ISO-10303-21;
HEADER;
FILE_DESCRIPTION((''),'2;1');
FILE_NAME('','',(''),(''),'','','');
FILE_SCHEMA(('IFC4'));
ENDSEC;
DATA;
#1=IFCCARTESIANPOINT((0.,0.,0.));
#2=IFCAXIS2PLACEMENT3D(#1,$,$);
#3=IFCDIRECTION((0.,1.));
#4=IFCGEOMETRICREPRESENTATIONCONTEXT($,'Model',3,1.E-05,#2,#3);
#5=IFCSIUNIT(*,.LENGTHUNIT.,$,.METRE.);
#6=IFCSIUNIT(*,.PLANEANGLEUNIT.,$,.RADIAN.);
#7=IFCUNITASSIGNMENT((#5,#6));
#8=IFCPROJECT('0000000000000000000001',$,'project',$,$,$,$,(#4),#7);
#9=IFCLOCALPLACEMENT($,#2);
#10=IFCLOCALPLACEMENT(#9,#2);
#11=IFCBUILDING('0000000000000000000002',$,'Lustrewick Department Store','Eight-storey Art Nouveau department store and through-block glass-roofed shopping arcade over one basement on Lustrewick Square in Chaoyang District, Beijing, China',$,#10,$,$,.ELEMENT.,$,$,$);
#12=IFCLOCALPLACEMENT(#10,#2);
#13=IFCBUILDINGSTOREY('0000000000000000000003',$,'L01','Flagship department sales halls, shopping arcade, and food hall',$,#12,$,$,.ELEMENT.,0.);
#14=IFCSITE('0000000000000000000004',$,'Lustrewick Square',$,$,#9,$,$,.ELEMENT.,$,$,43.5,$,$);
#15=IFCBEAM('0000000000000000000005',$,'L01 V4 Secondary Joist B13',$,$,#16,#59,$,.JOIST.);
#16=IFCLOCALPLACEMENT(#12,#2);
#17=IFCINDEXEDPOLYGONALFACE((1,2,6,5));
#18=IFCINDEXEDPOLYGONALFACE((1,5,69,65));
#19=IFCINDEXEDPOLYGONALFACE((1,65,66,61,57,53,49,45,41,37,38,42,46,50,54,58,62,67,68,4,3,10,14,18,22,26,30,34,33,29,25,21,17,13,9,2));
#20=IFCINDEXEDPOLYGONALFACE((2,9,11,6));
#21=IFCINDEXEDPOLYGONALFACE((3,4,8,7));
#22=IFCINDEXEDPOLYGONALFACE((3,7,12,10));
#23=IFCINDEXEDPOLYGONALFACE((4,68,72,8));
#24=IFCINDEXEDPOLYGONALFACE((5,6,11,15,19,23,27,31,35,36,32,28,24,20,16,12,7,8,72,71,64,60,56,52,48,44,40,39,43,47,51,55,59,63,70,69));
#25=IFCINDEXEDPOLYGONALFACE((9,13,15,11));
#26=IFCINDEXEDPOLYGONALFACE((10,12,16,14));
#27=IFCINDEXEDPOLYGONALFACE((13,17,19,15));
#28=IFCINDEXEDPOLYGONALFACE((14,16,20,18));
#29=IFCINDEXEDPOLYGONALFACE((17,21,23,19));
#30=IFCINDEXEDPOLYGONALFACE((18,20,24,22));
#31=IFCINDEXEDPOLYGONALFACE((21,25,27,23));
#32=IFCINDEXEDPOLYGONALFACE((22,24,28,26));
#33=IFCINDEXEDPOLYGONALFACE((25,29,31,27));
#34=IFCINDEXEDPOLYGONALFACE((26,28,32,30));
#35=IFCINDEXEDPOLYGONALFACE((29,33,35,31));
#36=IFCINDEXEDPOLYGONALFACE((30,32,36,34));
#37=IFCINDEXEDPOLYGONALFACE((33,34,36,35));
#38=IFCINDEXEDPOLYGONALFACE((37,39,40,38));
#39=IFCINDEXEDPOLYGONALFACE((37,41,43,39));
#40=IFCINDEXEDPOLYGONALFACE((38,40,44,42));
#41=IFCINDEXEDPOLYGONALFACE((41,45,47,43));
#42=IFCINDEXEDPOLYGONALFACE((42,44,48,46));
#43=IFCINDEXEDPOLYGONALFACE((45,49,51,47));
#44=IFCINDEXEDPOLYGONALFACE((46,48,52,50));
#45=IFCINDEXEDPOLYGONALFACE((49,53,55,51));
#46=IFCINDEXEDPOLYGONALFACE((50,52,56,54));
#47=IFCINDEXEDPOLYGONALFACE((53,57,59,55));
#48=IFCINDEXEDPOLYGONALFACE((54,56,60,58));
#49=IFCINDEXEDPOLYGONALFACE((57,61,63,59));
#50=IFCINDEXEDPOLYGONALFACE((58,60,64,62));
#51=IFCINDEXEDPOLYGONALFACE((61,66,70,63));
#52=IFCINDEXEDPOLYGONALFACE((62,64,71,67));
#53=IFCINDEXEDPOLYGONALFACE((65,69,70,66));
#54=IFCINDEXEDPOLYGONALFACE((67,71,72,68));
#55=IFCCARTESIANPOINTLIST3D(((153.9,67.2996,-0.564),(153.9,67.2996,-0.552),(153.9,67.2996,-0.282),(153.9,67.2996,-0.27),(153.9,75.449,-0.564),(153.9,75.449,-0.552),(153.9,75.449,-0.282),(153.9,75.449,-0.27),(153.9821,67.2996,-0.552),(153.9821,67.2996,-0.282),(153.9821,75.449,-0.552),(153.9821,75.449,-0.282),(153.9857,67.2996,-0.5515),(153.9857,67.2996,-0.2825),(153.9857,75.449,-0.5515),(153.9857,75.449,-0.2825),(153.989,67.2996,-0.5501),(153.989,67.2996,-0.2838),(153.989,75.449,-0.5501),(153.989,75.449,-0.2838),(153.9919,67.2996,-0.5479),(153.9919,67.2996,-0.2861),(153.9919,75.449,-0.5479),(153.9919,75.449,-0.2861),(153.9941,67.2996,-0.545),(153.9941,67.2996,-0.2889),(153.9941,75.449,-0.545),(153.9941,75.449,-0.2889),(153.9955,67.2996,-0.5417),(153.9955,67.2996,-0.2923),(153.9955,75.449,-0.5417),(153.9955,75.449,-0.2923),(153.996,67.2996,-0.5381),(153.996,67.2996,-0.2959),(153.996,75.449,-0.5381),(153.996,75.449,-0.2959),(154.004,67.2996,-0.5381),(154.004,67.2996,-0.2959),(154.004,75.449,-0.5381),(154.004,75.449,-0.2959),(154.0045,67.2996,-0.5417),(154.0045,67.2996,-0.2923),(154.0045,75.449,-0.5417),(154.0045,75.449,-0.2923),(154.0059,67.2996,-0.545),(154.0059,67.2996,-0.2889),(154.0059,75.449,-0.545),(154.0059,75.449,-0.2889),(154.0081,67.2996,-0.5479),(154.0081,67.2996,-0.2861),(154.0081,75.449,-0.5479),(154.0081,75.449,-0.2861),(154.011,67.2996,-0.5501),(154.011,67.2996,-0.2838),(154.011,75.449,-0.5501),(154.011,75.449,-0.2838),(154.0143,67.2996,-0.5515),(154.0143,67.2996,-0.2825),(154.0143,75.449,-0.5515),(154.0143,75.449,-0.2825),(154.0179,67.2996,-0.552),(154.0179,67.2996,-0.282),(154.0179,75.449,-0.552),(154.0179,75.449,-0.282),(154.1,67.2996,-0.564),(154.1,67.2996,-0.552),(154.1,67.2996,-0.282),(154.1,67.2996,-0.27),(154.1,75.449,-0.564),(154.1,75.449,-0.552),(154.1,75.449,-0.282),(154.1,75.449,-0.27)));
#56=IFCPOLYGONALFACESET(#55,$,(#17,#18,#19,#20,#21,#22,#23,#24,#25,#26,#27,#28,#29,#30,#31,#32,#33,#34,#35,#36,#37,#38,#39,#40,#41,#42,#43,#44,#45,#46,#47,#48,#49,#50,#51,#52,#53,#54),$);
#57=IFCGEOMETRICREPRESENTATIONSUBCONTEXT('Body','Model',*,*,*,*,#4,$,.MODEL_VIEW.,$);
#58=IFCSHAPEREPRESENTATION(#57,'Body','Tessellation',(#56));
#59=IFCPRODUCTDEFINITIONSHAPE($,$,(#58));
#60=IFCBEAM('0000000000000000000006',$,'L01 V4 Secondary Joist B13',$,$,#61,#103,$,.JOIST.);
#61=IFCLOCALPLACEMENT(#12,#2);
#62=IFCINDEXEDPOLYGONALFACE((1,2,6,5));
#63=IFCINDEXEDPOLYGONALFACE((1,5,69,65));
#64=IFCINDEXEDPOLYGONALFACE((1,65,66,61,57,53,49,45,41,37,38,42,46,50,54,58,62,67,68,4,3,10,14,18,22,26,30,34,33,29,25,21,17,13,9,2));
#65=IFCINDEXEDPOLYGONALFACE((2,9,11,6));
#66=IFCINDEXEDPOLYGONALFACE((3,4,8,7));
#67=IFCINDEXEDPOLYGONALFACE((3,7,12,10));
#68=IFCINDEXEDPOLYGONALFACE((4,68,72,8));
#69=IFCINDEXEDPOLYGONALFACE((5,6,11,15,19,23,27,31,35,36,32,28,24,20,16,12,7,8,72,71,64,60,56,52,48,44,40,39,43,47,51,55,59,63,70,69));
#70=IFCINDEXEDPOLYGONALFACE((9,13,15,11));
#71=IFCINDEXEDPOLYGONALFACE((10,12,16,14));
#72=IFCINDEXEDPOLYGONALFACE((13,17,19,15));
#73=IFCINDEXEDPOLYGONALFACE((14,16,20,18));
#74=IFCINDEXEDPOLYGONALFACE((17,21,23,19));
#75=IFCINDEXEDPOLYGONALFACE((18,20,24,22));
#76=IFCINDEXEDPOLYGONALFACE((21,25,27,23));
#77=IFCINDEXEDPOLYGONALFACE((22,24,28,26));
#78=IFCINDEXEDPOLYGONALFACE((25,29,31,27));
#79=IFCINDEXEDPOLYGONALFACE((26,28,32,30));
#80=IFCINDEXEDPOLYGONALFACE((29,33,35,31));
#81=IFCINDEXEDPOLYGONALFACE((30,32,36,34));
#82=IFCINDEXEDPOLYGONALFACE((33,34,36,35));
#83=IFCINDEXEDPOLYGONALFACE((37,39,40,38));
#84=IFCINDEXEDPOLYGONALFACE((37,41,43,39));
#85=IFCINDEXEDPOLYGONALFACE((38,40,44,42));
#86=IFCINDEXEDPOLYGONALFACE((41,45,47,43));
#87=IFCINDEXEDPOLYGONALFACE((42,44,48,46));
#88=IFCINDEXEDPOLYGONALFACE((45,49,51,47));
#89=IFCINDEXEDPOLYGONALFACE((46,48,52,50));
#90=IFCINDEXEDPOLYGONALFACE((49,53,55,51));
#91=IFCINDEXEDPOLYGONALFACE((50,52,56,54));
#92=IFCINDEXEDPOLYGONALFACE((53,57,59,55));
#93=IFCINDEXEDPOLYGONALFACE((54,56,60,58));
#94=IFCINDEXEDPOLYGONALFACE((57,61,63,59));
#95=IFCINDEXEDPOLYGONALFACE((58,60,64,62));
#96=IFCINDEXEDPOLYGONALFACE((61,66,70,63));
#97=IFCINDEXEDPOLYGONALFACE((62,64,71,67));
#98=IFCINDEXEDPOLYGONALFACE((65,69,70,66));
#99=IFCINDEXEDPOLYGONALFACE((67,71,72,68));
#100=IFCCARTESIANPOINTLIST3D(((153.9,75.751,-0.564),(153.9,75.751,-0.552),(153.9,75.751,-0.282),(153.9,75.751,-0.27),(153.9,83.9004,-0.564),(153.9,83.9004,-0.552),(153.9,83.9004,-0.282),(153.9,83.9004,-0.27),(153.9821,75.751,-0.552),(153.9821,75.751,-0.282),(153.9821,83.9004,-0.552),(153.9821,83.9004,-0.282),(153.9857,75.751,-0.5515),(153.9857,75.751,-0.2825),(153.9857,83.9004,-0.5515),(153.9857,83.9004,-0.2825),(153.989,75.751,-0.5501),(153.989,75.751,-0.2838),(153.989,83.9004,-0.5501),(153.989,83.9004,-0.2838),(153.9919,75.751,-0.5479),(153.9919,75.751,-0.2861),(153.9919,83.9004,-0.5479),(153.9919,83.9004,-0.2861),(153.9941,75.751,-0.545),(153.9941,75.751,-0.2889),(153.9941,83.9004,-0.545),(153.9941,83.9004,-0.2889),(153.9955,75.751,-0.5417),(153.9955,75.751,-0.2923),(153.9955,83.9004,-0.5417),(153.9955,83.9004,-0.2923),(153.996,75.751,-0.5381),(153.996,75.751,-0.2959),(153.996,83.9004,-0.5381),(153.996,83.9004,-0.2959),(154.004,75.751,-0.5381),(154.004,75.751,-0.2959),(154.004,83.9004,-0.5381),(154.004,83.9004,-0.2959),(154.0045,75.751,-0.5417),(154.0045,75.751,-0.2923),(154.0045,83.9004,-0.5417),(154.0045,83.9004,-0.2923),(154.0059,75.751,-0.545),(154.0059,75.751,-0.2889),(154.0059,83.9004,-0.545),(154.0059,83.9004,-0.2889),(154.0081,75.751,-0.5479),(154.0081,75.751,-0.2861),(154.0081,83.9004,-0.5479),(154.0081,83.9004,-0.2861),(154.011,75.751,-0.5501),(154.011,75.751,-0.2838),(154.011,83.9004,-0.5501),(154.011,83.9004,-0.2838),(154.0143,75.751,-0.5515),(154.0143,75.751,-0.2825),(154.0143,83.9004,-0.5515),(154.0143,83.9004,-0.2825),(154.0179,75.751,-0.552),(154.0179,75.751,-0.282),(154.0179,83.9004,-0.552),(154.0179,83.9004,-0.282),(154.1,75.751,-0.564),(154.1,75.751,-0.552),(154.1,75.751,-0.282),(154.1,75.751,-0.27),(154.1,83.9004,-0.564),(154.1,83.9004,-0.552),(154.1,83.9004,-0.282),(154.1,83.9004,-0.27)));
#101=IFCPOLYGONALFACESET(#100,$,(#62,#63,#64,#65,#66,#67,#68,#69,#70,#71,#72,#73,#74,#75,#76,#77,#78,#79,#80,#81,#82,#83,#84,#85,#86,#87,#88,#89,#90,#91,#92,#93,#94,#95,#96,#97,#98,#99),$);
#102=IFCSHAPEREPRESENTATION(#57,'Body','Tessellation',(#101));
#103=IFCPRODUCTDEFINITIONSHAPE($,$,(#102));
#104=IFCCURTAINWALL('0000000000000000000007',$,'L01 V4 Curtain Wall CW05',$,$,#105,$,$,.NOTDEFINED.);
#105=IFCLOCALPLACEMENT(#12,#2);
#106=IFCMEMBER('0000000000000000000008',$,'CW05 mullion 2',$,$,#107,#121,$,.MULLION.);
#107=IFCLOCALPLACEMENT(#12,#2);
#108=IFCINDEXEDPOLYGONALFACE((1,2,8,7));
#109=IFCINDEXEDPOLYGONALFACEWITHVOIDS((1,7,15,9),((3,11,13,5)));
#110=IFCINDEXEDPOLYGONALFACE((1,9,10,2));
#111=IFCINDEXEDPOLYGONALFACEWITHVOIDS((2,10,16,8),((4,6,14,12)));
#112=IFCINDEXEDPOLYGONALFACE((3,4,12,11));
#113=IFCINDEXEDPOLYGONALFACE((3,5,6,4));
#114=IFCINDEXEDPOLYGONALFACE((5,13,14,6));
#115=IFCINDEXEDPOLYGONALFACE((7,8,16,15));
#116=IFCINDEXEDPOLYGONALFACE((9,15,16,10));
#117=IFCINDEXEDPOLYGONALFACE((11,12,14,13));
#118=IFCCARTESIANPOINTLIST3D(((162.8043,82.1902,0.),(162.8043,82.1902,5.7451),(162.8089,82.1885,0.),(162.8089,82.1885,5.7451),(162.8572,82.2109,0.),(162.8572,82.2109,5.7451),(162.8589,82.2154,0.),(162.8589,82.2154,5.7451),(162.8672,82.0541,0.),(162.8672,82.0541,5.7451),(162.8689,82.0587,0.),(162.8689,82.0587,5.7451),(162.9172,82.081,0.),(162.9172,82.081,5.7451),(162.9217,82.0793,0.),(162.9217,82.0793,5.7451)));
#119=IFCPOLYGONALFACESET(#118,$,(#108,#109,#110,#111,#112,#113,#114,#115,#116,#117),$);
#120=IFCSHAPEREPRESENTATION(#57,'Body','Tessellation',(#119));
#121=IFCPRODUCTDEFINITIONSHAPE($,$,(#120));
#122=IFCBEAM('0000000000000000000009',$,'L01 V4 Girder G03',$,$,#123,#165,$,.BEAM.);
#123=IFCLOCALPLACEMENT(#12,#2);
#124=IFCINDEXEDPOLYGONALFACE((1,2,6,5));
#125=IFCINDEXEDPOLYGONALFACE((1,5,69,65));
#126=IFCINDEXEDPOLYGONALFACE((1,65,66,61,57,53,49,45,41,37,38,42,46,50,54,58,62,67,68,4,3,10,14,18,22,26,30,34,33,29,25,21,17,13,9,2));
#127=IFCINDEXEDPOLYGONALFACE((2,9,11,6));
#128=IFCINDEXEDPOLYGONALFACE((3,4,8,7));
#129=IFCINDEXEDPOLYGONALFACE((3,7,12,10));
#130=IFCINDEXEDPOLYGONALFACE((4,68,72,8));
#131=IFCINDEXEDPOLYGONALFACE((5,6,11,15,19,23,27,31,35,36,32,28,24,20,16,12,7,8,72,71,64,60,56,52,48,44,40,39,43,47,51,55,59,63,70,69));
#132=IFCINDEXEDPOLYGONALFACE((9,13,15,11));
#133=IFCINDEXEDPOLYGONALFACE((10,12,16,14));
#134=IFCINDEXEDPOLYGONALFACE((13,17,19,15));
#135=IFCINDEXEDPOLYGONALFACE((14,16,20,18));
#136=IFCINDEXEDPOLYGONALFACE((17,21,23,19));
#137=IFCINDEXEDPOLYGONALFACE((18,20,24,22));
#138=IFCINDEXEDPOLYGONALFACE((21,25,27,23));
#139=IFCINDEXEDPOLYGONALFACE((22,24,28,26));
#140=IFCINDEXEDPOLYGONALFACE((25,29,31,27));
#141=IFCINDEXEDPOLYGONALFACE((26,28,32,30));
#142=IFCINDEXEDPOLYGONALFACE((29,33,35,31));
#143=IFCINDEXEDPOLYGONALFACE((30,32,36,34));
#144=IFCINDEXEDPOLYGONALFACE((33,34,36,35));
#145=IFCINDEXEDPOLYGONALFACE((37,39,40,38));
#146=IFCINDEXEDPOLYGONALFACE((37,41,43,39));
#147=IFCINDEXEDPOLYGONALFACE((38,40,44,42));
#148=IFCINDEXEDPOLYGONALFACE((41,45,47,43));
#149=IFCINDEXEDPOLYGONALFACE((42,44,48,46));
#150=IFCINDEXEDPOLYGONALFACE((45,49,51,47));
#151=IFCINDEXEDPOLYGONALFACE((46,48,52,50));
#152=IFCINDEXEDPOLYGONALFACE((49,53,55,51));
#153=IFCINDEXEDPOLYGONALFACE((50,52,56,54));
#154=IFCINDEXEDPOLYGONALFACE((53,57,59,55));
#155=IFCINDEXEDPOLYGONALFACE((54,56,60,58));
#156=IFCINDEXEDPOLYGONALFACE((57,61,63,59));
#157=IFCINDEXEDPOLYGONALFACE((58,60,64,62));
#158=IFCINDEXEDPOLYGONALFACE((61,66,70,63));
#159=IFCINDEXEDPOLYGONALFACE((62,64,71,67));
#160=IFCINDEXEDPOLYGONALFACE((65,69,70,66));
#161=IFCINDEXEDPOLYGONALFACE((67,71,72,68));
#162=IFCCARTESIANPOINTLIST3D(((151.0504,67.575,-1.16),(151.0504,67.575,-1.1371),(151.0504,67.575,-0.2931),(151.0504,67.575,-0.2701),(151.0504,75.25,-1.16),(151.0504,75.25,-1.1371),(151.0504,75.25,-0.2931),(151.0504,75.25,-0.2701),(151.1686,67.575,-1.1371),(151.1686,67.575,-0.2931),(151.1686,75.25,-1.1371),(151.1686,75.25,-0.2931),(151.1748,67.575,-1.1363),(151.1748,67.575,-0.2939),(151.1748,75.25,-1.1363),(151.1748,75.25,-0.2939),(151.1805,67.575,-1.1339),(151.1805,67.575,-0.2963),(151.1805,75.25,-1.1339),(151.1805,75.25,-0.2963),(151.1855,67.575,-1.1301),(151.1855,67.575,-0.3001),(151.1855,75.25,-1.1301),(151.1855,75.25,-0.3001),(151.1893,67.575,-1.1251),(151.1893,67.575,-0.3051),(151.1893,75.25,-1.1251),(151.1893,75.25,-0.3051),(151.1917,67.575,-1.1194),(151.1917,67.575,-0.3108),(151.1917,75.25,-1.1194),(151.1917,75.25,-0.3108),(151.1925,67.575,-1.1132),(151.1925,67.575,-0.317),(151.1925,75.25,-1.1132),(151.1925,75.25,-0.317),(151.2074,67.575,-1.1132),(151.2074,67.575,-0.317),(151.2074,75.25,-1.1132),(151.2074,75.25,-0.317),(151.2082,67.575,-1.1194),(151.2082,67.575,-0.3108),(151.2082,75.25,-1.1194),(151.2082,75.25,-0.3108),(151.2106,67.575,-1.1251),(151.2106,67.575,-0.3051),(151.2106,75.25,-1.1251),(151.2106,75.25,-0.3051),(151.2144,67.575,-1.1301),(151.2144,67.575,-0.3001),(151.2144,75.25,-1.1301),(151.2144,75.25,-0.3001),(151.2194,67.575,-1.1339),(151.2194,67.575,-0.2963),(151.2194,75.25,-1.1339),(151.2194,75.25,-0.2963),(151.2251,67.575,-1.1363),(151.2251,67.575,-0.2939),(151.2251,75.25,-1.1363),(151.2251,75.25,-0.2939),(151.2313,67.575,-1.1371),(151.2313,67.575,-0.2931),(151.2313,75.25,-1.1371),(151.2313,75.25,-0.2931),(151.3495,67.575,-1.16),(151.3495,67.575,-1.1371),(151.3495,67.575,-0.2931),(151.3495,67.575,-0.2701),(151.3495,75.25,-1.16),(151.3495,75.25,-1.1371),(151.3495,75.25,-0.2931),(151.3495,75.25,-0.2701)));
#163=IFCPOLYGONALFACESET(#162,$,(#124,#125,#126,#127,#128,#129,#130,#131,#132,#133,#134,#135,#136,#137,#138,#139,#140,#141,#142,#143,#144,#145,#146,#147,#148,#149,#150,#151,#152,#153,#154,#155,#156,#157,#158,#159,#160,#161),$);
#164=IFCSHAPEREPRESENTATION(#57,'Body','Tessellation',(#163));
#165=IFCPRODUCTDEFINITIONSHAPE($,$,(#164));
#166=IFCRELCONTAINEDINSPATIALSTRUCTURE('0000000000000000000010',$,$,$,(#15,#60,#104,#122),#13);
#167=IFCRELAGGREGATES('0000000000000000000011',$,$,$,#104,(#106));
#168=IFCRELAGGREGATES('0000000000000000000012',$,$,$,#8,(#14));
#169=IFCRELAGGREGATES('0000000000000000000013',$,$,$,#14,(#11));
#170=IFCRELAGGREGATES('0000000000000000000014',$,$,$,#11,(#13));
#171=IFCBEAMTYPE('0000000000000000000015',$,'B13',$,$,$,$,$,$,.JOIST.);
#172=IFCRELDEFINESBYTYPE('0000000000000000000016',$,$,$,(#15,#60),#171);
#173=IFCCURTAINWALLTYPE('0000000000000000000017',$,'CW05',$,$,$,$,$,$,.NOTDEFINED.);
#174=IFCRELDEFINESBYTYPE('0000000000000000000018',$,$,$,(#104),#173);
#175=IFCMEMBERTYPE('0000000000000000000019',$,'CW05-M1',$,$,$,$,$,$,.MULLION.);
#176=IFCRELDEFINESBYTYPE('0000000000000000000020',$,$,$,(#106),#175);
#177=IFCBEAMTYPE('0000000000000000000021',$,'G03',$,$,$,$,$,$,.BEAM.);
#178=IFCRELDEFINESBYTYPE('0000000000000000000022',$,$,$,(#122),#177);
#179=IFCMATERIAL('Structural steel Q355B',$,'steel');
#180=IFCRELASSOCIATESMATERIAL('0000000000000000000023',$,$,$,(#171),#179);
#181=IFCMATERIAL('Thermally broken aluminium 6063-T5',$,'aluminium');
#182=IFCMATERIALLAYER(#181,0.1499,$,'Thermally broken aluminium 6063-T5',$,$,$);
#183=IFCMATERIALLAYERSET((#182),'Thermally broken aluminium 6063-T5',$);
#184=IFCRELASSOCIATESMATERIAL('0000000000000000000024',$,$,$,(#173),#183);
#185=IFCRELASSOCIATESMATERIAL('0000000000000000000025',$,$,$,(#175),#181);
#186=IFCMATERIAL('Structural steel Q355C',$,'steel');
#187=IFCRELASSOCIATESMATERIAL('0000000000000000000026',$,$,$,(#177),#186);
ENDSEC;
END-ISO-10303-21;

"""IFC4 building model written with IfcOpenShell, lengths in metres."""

from ifc_helpers import new_model, si_unit, direction, frame, origin, origin_2d, place, context, subcontext, project, spatial, hollow_rectangle, i_section, extrude, material, layer, layer_set, material_profile, profile_set, type_object, element, aggregate, save


model = new_model("IFC4")

# Units and contexts
model_context = context("Model", 3, precision=1e-05, world=origin(), true_north=direction((0.0, 1.0)))
body_context = subcontext(model_context, "Body", "Model", "MODEL_VIEW")
ifc_project = project(units=[si_unit("LENGTHUNIT", "METRE"), si_unit("PLANEANGLEUNIT", "RADIAN")], contexts=[model_context])

# Site, building, storey
site_placement = place(None, origin())
site = spatial("IfcSite", under=ifc_project, at=site_placement, Name="Lustrewick Square", CompositionType="ELEMENT", RefElevation=43.5)
building_placement = place(site_placement, origin())
building = spatial("IfcBuilding", under=site, at=building_placement, Name="Lustrewick Department Store", Description="Eight-storey Art Nouveau department store and through-block glass-roofed shopping arcade over one basement on Lustrewick Square in Chaoyang District, Beijing, China", CompositionType="ELEMENT")
storey_placement = place(building_placement, origin())
storey = spatial("IfcBuildingStorey", under=building, at=storey_placement, Name="L01", Description="Flagship department sales halls, shopping arcade, and food hall", CompositionType="ELEMENT", Elevation=0.0)

# Shared definitions
ifc_material_1 = material(Name="Structural steel Q355C", Category="steel")
ifc_material_2 = material(Name="Structural steel Q355B", Category="steel")

# Beams
ifc_material_profile_1 = material_profile(ifc_material_2, i_section(OverallWidth=0.2, OverallDepth=0.2939, WebThickness=0.0081, FlangeThickness=0.012, FilletRadius=0.0139, at=origin_2d()), Name="HM 294x200x8x12")
ifc_profile_set_1 = profile_set([ifc_material_profile_1], Name="Structural steel Q355B")
beam_type_1 = type_object("IfcBeamType", Name="B13", PredefinedType="JOIST", material=ifc_profile_set_1)
for number, where, z_axis, x_axis, name in (
    (1, (154.0, 67.2996, -0.417), (0.0, 1.0, 0.0), (-1.0, 0.0, 0.0), "L01 V4 Secondary Joist B13"),
    (2, (154.0, 75.751, -0.417), (0.0, 1.0, 0.0), (-1.0, 0.0, 0.0), "L01 V4 Secondary Joist B13"),
):
    element("IfcBeam", number, at=place(storey_placement, frame(where, z_axis=z_axis, x_axis=x_axis)), inside=storey, type_object=beam_type_1, Name=name, PredefinedType="JOIST", context=body_context, shape_type="SweptSolid", body=[
        extrude(i_section(OverallWidth=0.2, OverallDepth=0.2939, WebThickness=0.0081, FlangeThickness=0.012, FilletRadius=0.0139, at=origin_2d()), origin(), (0.0, 0.0, 1.0), 8.1494),
    ])

# Curtain wall, member
ifc_material_3 = material(Name="Thermally broken aluminium 6063-T5", Category="aluminium")
ifc_layer_1 = layer(ifc_material_3, 0.1499, Name="Thermally broken aluminium 6063-T5")
ifc_layer_set_1 = layer_set([ifc_layer_1], Name="Thermally broken aluminium 6063-T5")
curtain_wall_type = type_object("IfcCurtainWallType", Name="CW05", PredefinedType="NOTDEFINED", material=ifc_layer_set_1)
curtain_wall_placement = place(storey_placement, origin())
curtain_wall = element("IfcCurtainWall", 3, at=curtain_wall_placement, inside=storey, type_object=curtain_wall_type, Name="L01 V4 Curtain Wall CW05", PredefinedType="NOTDEFINED")
ifc_material_profile_2 = material_profile(ifc_material_3, hollow_rectangle(XDim=0.0601, YDim=0.1499, WallThickness=0.0034, at=origin_2d()), Name="ALU-M 60x150x3.5")
ifc_profile_set_2 = profile_set([ifc_material_profile_2], Name="Thermally broken aluminium 6063-T5")
member_type = type_object("IfcMemberType", Name="CW05-M1", PredefinedType="MULLION", material=ifc_profile_set_2)
member_placement = place(storey_placement, frame((162.863, 82.1348, 0.0), z_axis=(0.0, 0.0, 1.0), x_axis=(-0.90781, -0.419382, 0.0)))
member = element("IfcMember", 4, at=member_placement, type_object=member_type, Name="CW05 mullion 2", PredefinedType="MULLION", context=body_context, shape_type="SweptSolid", body=[
    extrude(hollow_rectangle(XDim=0.0601, YDim=0.1499, WallThickness=0.0034, at=origin_2d()), origin(), (0.0, 0.0, 1.0), 5.7451),
])

# Beam
ifc_material_profile_3 = material_profile(ifc_material_1, i_section(OverallWidth=0.2991, OverallDepth=0.8899, WebThickness=0.0149, FlangeThickness=0.0229, FilletRadius=0.0239, at=origin_2d()), Name="HN 890x299x15x23")
ifc_profile_set_3 = profile_set([ifc_material_profile_3], Name="Structural steel Q355C")
beam_type_2 = type_object("IfcBeamType", Name="G03", PredefinedType="BEAM", material=ifc_profile_set_3)
beam_1_placement = place(storey_placement, frame((151.2, 67.575, -0.7151), z_axis=(0.0, 1.0, 0.0), x_axis=(-1.0, 0.0, 0.0)))
element("IfcBeam", 5, at=beam_1_placement, inside=storey, type_object=beam_type_2, Name="L01 V4 Girder G03", PredefinedType="BEAM", context=body_context, shape_type="SweptSolid", body=[
    extrude(i_section(OverallWidth=0.2991, OverallDepth=0.8899, WebThickness=0.0149, FlangeThickness=0.0229, FilletRadius=0.0239, at=origin_2d()), origin(), (0.0, 0.0, 1.0), 7.675),
])

aggregate(curtain_wall, [member])

save(model, "model.ifc")
